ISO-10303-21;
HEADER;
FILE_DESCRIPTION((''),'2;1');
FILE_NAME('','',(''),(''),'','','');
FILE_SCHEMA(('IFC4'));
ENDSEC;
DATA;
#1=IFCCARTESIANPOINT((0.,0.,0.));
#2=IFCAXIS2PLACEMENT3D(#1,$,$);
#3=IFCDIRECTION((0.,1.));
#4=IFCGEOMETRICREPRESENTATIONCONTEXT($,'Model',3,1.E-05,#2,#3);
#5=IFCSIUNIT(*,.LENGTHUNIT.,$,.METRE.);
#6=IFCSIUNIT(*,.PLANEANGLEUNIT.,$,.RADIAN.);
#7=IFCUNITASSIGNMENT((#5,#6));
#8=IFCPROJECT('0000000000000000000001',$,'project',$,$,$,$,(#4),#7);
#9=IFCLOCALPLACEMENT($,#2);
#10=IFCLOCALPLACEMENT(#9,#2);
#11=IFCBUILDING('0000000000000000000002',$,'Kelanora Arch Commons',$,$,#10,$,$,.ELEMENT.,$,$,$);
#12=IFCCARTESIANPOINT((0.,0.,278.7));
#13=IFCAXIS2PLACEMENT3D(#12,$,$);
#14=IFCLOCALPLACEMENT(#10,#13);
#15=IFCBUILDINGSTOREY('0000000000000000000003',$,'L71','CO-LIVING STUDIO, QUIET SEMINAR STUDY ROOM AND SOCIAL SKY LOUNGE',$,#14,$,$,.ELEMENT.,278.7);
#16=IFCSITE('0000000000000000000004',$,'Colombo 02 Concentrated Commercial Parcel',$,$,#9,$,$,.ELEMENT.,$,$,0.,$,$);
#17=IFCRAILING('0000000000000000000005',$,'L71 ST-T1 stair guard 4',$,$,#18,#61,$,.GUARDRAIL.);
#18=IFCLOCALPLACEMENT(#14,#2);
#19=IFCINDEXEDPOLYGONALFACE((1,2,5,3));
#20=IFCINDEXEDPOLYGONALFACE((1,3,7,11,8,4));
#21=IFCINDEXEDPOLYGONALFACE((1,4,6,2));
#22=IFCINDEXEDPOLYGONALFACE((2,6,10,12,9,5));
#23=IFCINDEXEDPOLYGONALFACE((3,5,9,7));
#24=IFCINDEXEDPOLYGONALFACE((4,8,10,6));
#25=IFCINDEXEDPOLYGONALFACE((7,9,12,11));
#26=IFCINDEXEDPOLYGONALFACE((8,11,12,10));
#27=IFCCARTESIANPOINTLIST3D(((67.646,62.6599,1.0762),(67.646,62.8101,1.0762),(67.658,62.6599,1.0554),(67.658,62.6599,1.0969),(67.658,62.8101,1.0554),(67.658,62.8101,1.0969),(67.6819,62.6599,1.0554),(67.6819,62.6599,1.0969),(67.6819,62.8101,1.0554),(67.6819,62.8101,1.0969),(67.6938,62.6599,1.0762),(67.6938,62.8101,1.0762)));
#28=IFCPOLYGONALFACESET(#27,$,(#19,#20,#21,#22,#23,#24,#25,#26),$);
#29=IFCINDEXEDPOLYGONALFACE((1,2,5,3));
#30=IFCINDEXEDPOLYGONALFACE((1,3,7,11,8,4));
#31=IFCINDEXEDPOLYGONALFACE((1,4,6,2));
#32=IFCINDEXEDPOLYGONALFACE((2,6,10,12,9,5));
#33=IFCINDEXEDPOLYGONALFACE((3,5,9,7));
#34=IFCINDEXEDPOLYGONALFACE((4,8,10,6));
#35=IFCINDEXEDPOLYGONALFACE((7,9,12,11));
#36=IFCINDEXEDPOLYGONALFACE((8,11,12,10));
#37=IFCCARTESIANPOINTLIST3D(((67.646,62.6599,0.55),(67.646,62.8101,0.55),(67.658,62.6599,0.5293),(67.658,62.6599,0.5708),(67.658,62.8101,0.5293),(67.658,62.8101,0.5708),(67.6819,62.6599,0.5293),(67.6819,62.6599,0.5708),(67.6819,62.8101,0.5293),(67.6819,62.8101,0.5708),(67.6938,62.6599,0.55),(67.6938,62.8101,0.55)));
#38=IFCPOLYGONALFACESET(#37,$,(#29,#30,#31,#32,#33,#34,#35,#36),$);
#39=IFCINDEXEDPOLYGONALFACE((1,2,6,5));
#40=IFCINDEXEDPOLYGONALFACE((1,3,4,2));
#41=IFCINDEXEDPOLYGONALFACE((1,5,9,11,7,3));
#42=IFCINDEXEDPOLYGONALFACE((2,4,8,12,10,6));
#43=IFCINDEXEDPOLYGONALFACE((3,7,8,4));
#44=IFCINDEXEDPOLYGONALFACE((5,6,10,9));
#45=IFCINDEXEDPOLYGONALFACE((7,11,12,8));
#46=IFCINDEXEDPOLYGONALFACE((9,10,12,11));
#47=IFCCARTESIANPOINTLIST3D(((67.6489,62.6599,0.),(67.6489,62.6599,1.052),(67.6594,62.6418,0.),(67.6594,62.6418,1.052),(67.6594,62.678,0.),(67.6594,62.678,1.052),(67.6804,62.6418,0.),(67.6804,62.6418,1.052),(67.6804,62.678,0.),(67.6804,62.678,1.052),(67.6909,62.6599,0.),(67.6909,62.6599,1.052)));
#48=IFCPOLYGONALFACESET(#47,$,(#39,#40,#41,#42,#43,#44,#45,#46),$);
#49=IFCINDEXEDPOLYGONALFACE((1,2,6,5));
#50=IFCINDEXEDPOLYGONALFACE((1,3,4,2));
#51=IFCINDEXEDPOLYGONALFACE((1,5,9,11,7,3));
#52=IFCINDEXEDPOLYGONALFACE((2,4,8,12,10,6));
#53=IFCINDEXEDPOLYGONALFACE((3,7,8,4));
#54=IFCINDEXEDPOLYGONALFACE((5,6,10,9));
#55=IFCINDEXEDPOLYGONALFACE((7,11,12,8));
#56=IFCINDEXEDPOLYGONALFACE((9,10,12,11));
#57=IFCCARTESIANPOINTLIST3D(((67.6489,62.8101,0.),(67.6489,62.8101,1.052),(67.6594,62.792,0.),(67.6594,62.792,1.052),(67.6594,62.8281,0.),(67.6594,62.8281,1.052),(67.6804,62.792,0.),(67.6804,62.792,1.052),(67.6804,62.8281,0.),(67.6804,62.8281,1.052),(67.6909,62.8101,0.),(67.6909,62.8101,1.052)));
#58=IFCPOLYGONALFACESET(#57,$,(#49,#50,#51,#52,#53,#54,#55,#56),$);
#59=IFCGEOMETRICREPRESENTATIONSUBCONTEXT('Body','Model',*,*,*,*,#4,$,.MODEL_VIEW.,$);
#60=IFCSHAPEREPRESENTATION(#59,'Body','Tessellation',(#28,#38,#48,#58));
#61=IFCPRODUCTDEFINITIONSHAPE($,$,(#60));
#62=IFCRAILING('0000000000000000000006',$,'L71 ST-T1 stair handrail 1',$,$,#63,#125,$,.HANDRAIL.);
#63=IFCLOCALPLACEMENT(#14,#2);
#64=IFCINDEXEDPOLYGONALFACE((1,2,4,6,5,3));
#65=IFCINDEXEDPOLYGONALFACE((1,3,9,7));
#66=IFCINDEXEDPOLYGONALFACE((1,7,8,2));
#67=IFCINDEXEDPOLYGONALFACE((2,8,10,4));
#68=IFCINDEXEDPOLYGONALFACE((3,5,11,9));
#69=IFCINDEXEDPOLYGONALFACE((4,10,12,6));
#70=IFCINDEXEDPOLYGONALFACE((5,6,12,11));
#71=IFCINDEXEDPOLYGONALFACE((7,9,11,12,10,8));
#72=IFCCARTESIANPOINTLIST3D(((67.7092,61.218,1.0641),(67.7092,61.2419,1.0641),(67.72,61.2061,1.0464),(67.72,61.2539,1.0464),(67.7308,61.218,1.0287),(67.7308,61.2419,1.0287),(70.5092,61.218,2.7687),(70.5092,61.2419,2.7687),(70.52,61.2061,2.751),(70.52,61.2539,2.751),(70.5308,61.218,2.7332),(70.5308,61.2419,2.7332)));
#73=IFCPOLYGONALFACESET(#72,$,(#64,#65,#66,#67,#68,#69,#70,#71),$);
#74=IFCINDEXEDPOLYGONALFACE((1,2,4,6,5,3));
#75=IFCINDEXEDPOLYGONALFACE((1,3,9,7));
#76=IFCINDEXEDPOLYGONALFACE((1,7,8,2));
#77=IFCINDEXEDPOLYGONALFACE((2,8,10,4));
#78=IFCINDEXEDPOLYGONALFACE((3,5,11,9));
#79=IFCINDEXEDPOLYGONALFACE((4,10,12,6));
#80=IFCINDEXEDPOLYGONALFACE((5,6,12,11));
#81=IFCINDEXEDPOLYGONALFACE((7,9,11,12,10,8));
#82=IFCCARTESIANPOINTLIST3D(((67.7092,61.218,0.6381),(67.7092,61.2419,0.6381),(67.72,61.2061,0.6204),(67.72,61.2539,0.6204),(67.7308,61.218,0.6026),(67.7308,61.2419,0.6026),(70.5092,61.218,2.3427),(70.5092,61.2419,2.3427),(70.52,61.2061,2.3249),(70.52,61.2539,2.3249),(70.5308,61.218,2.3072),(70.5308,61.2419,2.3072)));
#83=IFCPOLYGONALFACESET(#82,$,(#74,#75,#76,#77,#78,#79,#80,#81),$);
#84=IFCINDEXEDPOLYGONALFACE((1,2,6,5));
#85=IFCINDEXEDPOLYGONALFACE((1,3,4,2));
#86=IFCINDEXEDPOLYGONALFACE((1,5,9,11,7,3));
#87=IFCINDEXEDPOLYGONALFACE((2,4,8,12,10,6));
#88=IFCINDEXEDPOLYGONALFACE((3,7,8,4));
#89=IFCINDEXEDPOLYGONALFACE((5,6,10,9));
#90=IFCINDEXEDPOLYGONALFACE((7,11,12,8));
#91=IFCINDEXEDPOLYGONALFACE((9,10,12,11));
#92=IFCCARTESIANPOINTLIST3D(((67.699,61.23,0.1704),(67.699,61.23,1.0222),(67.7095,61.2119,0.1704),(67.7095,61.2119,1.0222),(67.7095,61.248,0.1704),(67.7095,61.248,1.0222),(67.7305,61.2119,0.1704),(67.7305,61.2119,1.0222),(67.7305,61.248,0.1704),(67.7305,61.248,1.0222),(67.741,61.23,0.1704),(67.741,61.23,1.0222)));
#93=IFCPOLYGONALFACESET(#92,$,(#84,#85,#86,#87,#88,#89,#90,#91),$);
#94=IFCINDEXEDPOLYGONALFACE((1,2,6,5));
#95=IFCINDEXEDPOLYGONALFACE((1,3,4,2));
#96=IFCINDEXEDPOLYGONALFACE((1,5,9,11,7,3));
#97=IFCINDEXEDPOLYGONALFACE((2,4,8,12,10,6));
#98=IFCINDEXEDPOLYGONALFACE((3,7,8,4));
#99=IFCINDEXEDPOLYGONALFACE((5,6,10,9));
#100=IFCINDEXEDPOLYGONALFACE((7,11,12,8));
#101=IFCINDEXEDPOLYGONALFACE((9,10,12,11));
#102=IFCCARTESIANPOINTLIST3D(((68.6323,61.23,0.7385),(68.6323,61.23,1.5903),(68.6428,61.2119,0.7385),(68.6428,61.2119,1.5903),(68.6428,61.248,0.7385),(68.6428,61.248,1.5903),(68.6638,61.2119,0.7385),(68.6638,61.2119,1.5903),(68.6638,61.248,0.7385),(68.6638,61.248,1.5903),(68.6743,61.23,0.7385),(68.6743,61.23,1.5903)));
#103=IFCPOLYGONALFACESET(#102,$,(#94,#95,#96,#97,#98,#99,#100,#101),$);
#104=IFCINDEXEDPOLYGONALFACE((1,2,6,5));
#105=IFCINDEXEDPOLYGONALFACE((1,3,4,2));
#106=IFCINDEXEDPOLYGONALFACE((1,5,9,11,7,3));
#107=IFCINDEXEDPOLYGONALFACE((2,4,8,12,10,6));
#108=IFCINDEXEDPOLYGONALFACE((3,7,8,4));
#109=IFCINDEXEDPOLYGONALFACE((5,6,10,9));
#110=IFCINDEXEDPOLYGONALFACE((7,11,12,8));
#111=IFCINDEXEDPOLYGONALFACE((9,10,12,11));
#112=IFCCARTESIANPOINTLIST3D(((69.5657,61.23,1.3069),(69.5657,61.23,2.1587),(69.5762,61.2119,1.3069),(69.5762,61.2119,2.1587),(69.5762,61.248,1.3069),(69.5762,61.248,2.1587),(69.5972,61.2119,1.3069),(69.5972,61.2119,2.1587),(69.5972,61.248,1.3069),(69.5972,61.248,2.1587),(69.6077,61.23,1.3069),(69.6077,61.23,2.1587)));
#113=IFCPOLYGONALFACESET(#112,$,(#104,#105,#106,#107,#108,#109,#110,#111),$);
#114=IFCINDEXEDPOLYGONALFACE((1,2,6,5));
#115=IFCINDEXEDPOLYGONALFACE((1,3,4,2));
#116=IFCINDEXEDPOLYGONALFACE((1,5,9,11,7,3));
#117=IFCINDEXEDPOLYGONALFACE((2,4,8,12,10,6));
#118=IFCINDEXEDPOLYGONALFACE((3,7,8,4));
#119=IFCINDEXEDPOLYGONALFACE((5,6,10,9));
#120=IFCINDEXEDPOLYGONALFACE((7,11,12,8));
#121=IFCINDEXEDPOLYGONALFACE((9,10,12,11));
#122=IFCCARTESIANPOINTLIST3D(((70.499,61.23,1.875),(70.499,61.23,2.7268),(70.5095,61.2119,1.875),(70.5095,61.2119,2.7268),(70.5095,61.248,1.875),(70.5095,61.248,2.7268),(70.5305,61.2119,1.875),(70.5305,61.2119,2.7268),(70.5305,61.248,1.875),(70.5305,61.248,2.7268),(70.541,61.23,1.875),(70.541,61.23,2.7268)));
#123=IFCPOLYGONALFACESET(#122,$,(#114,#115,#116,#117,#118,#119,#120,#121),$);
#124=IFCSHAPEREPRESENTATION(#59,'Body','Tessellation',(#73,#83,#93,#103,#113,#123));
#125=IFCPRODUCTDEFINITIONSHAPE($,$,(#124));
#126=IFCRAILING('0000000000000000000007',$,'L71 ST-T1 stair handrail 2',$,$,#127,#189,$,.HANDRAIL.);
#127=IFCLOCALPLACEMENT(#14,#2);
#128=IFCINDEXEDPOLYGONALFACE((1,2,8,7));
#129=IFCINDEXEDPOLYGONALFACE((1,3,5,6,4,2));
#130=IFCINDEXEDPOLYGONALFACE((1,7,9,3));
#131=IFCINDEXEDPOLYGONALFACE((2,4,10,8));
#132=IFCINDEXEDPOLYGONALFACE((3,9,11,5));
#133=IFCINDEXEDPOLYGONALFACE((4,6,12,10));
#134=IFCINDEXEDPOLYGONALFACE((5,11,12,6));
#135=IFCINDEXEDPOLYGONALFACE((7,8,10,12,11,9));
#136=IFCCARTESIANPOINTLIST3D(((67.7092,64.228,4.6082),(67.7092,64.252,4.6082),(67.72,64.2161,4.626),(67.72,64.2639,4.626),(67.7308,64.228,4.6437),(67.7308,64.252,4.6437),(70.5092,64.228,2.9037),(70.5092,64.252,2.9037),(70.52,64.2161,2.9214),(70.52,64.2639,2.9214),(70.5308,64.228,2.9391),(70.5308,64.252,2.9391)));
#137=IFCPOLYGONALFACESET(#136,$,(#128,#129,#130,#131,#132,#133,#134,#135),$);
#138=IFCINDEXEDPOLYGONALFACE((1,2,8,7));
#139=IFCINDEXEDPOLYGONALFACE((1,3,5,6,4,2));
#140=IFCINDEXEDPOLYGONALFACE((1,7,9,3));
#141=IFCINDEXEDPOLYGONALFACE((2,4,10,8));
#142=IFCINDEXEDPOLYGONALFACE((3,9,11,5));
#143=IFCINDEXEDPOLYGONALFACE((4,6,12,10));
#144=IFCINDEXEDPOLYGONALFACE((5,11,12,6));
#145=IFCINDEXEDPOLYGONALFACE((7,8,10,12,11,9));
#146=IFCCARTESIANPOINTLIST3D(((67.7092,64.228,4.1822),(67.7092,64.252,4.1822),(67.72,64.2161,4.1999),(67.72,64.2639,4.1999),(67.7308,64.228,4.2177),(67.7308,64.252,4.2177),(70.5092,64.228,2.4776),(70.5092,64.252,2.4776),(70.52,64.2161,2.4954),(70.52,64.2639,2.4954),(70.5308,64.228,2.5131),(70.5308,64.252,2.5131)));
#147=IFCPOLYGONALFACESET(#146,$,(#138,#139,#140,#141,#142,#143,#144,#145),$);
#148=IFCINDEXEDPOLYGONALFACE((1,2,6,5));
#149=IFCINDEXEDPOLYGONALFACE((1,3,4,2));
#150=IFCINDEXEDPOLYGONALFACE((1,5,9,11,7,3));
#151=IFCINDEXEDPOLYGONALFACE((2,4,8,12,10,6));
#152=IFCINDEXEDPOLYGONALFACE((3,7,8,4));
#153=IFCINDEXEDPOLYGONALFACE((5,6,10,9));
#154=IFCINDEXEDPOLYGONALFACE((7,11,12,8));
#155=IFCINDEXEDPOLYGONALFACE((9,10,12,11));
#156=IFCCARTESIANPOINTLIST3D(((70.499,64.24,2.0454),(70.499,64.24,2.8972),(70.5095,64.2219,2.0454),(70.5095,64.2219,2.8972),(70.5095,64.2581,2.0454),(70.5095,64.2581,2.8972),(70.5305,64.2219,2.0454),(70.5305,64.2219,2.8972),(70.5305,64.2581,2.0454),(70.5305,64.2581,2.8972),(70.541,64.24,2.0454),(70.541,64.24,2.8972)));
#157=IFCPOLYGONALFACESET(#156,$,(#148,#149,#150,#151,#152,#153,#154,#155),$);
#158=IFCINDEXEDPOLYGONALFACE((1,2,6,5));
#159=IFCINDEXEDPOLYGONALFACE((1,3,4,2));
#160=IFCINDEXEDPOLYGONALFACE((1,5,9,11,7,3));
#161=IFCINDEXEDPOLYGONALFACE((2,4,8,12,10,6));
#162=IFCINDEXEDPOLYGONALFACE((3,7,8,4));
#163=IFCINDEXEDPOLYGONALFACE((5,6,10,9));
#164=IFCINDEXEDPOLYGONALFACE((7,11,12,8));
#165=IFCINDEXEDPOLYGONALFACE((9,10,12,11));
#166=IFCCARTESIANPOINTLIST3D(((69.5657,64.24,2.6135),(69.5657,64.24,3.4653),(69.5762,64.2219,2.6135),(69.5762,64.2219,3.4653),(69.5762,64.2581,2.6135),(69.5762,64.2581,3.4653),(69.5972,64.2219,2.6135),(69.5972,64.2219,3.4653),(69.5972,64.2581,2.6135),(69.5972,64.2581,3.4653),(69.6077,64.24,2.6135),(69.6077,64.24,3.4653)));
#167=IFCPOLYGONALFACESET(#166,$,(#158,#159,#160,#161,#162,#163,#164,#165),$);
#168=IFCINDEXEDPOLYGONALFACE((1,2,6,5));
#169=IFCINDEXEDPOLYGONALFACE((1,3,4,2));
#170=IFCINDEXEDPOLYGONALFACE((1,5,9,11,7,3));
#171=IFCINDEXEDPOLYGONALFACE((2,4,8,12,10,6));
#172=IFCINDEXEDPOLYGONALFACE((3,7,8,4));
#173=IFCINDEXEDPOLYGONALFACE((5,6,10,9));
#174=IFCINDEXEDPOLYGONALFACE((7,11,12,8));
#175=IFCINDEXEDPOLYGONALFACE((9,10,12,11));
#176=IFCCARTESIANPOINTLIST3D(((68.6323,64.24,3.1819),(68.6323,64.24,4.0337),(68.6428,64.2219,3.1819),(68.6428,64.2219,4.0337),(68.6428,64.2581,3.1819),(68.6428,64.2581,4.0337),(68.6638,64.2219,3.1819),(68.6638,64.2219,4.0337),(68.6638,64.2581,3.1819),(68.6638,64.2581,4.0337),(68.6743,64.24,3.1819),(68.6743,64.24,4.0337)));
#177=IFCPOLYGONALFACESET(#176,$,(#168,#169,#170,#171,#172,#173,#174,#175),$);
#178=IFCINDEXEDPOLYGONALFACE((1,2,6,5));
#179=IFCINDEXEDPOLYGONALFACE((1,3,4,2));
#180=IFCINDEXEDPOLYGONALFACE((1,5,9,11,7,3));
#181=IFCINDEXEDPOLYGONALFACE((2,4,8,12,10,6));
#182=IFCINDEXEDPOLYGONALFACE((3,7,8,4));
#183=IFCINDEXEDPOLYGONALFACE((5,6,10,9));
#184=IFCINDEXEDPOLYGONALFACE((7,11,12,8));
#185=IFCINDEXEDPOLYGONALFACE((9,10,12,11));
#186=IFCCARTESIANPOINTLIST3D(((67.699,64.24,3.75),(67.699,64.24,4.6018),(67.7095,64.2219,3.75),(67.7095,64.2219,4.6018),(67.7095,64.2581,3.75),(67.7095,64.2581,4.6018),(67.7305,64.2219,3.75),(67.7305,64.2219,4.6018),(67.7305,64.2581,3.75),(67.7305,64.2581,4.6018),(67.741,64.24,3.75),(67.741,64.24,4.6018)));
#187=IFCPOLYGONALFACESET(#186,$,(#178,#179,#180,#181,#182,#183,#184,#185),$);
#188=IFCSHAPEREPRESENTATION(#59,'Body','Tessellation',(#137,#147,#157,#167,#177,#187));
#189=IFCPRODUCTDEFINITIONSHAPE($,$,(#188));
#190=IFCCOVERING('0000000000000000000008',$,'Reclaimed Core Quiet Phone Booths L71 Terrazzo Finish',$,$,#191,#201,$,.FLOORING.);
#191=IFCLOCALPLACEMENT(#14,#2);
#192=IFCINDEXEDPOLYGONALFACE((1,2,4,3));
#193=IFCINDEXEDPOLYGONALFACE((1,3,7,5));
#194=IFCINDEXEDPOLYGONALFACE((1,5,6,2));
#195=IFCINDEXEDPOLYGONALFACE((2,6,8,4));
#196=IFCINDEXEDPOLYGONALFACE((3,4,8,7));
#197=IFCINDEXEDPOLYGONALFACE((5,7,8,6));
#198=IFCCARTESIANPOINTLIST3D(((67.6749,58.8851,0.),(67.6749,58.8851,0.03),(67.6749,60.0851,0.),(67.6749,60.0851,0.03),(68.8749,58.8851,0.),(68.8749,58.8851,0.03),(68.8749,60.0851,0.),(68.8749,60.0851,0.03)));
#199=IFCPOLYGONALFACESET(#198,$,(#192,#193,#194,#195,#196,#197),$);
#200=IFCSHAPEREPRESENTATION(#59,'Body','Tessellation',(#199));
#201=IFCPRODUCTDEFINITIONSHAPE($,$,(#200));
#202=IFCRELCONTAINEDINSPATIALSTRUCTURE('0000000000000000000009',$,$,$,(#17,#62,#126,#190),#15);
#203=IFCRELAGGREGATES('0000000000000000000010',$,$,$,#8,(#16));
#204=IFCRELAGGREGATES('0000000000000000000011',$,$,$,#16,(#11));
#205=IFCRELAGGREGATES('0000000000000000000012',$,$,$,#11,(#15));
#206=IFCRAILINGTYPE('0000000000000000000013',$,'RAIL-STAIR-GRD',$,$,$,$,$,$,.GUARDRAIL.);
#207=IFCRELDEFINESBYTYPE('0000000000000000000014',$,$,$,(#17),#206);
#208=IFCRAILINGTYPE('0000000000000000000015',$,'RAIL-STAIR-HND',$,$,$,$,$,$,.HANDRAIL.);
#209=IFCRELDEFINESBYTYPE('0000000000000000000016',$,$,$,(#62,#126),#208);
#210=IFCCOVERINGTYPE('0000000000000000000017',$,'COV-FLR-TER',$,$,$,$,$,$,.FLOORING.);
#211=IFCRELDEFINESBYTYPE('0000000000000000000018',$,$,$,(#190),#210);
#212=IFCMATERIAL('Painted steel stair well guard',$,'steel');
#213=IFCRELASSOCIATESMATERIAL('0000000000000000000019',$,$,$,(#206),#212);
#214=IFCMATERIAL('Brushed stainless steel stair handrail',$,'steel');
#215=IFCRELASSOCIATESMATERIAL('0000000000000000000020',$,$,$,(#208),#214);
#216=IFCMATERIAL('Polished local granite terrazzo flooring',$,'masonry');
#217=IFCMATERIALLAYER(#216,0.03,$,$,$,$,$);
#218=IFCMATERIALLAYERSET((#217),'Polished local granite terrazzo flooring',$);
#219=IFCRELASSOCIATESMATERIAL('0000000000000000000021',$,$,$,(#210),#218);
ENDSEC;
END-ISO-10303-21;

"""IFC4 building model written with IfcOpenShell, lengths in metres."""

from ifc_helpers import new_model, si_unit, direction, frame, origin, origin_2d, place, context, subcontext, project, spatial, polyline, rectangle, outline, extrude, source, transform, mapped, material, layer, layer_set, type_object, element, save


model = new_model("IFC4")

# Units and contexts
model_context = context("Model", 3, precision=1e-05, world=origin(), true_north=direction((0.0, 1.0)))
body_context = subcontext(model_context, "Body", "Model", "MODEL_VIEW")
ifc_project = project(units=[si_unit("LENGTHUNIT", "METRE"), si_unit("PLANEANGLEUNIT", "RADIAN")], contexts=[model_context])

# Site, building, storey
site_placement = place(None, origin())
site = spatial("IfcSite", under=ifc_project, at=site_placement, Name="Colombo 02 Concentrated Commercial Parcel", CompositionType="ELEMENT", RefElevation=0.0)
building_placement = place(site_placement, origin())
building = spatial("IfcBuilding", under=site, at=building_placement, Name="Kelanora Arch Commons", CompositionType="ELEMENT")
storey_placement = place(building_placement, frame((0.0, 0.0, 278.7)))
storey = spatial("IfcBuildingStorey", under=building, at=storey_placement, Name="L71", Description="CO-LIVING STUDIO, QUIET SEMINAR STUDY ROOM AND SOCIAL SKY LOUNGE", CompositionType="ELEMENT", Elevation=278.7)

# Railings
ifc_material_1 = material(Name="Painted steel stair well guard", Category="steel")
railing_type_1 = type_object("IfcRailingType", Name="RAIL-STAIR-GRD", PredefinedType="GUARDRAIL", material=ifc_material_1)
railing_1_placement = place(storey_placement, frame((67.6699, 62.6599, 0.0)))
element("IfcRailing", 1, at=railing_1_placement, inside=storey, type_object=railing_type_1, Name="L71 ST-T1 stair guard 4", PredefinedType="GUARDRAIL", context=body_context, shape_type="SweptSolid", body=[
    extrude(outline(polyline([(0.0239, 0.0), (0.012, 0.0208), (-0.012, 0.0208), (-0.0239, 0.0), (-0.012, -0.0208), (0.012, -0.0208), (0.0239, 0.0)])), frame((0.0, 0.0, 1.0762), z_axis=(0.0, 1.0, 0.0), x_axis=(-1.0, 0.0, 0.0)), (0.0, 0.0, 1.0), 0.1501),
    extrude(outline(polyline([(0.0239, 0.0), (0.012, 0.0208), (-0.012, 0.0208), (-0.0239, 0.0), (-0.012, -0.0208), (0.012, -0.0208), (0.0239, 0.0)])), frame((0.0, 0.0, 0.55), z_axis=(0.0, 1.0, 0.0), x_axis=(-1.0, 0.0, 0.0)), (0.0, 0.0, 1.0), 0.1501),
    extrude(outline(polyline([(0.021, 0.0), (0.0105, 0.0181), (-0.0105, 0.0181), (-0.021, 0.0), (-0.0105, -0.0181), (0.0105, -0.0181), (0.021, 0.0)])), origin(), (0.0, 0.0, 1.0), 1.052),
    extrude(outline(polyline([(0.021, 0.0), (0.0105, 0.0181), (-0.0105, 0.0181), (-0.021, 0.0), (-0.0105, -0.0181), (0.0105, -0.0181), (0.021, 0.0)])), frame((0.0, 0.1501, 0.0)), (0.0, 0.0, 1.0), 1.052),
])
ifc_material_2 = material(Name="Brushed stainless steel stair handrail", Category="steel")
railing_type_2 = type_object("IfcRailingType", Name="RAIL-STAIR-HND", PredefinedType="HANDRAIL", material=ifc_material_2)
railing_2_placement = place(storey_placement, frame((67.72, 61.23, 0.1704)))
element("IfcRailing", 2, at=railing_2_placement, inside=storey, type_object=railing_type_2, Name="L71 ST-T1 stair handrail 1", PredefinedType="HANDRAIL", context=body_context, shape_type="SweptSolid", body=[
    extrude(outline(polyline([(0.0239, 0.0), (0.012, 0.0208), (-0.012, 0.0208), (-0.0239, 0.0), (-0.012, -0.0208), (0.012, -0.0208), (0.0239, 0.0)])), frame((0.0, 0.0, 0.876), z_axis=(0.85417, 0.0, 0.519994), x_axis=(0.0, 1.0, 0.0)), (0.0, 0.0, 1.0), 3.2781),
    extrude(outline(polyline([(0.0239, 0.0), (0.012, 0.0208), (-0.012, 0.0208), (-0.0239, 0.0), (-0.012, -0.0208), (0.012, -0.0208), (0.0239, 0.0)])), frame((0.0, 0.0, 0.45), z_axis=(0.85417, 0.0, 0.519994), x_axis=(0.0, 1.0, 0.0)), (0.0, 0.0, 1.0), 3.2781),
    extrude(outline(polyline([(0.021, 0.0), (0.0105, 0.0181), (-0.0105, 0.0181), (-0.021, 0.0), (-0.0105, -0.0181), (0.0105, -0.0181), (0.021, 0.0)])), origin(), (0.0, 0.0, 1.0), 0.8518),
    extrude(outline(polyline([(0.021, 0.0), (0.0105, 0.0181), (-0.0105, 0.0181), (-0.021, 0.0), (-0.0105, -0.0181), (0.0105, -0.0181), (0.021, 0.0)])), frame((0.9333, 0.0, 0.5681)), (0.0, 0.0, 1.0), 0.8518),
    extrude(outline(polyline([(0.021, 0.0), (0.0105, 0.0181), (-0.0105, 0.0181), (-0.021, 0.0), (-0.0105, -0.0181), (0.0105, -0.0181), (0.021, 0.0)])), frame((1.8667, 0.0, 1.1365)), (0.0, 0.0, 1.0), 0.8518),
    extrude(outline(polyline([(0.021, 0.0), (0.0105, 0.0181), (-0.0105, 0.0181), (-0.021, 0.0), (-0.0105, -0.0181), (0.0105, -0.0181), (0.021, 0.0)])), frame((2.8, 0.0, 1.7046)), (0.0, 0.0, 1.0), 0.8518),
])
railing_3_placement = place(storey_placement, frame((70.52, 64.24, 2.0454)))
element("IfcRailing", 3, at=railing_3_placement, inside=storey, type_object=railing_type_2, Name="L71 ST-T1 stair handrail 2", PredefinedType="HANDRAIL", context=body_context, shape_type="SweptSolid", body=[
    extrude(outline(polyline([(0.0239, 0.0), (0.012, 0.0208), (-0.012, 0.0208), (-0.0239, 0.0), (-0.012, -0.0208), (0.012, -0.0208), (0.0239, 0.0)])), frame((0.0, 0.0, 0.876), z_axis=(-0.85417, 0.0, 0.519994), x_axis=(0.0, -1.0, 0.0)), (0.0, 0.0, 1.0), 3.2781),
    extrude(outline(polyline([(0.0239, 0.0), (0.012, 0.0208), (-0.012, 0.0208), (-0.0239, 0.0), (-0.012, -0.0208), (0.012, -0.0208), (0.0239, 0.0)])), frame((0.0, 0.0, 0.45), z_axis=(-0.85417, 0.0, 0.519994), x_axis=(0.0, -1.0, 0.0)), (0.0, 0.0, 1.0), 3.2781),
    extrude(outline(polyline([(0.021, 0.0), (0.0105, 0.0181), (-0.0105, 0.0181), (-0.021, 0.0), (-0.0105, -0.0181), (0.0105, -0.0181), (0.021, 0.0)])), origin(), (0.0, 0.0, 1.0), 0.8518),
    extrude(outline(polyline([(0.021, 0.0), (0.0105, 0.0181), (-0.0105, 0.0181), (-0.021, 0.0), (-0.0105, -0.0181), (0.0105, -0.0181), (0.021, 0.0)])), frame((-0.9333, 0.0, 0.5681)), (0.0, 0.0, 1.0), 0.8518),
    extrude(outline(polyline([(0.021, 0.0), (0.0105, 0.0181), (-0.0105, 0.0181), (-0.021, 0.0), (-0.0105, -0.0181), (0.0105, -0.0181), (0.021, 0.0)])), frame((-1.8667, 0.0, 1.1365)), (0.0, 0.0, 1.0), 0.8518),
    extrude(outline(polyline([(0.021, 0.0), (0.0105, 0.0181), (-0.0105, 0.0181), (-0.021, 0.0), (-0.0105, -0.0181), (0.0105, -0.0181), (0.021, 0.0)])), frame((-2.8, 0.0, 1.7046)), (0.0, 0.0, 1.0), 0.8518),
])

# Covering
ifc_material_3 = material(Name="Polished local granite terrazzo flooring", Category="masonry")
ifc_layer_1 = layer(ifc_material_3, 0.03)
ifc_layer_set_1 = layer_set([ifc_layer_1], Name="Polished local granite terrazzo flooring")
covering_type = type_object("IfcCoveringType", Name="COV-FLR-TER", PredefinedType="FLOORING", material=ifc_layer_set_1)
shared_shape = source(origin(), body_context, "Body", "SweptSolid", [
    extrude(rectangle(XDim=1.2, YDim=1.2, at=origin_2d()), origin(), (0.0, 0.0, 1.0), 0.03),
])
covering_placement = place(storey_placement, frame((68.2749, 59.4851, 0.0), z_axis=(0.0, 0.0, 1.0), x_axis=(1.0, 0.0, 0.0)))
element("IfcCovering", 4, at=covering_placement, inside=storey, type_object=covering_type, Name="Reclaimed Core Quiet Phone Booths L71 Terrazzo Finish", PredefinedType="FLOORING", context=body_context, shape_type="MappedRepresentation", body=[
    mapped(shared_shape, transform((0.0, 0.0, 0.0), scale=1.0)),
])

save(model, "model.ifc")
